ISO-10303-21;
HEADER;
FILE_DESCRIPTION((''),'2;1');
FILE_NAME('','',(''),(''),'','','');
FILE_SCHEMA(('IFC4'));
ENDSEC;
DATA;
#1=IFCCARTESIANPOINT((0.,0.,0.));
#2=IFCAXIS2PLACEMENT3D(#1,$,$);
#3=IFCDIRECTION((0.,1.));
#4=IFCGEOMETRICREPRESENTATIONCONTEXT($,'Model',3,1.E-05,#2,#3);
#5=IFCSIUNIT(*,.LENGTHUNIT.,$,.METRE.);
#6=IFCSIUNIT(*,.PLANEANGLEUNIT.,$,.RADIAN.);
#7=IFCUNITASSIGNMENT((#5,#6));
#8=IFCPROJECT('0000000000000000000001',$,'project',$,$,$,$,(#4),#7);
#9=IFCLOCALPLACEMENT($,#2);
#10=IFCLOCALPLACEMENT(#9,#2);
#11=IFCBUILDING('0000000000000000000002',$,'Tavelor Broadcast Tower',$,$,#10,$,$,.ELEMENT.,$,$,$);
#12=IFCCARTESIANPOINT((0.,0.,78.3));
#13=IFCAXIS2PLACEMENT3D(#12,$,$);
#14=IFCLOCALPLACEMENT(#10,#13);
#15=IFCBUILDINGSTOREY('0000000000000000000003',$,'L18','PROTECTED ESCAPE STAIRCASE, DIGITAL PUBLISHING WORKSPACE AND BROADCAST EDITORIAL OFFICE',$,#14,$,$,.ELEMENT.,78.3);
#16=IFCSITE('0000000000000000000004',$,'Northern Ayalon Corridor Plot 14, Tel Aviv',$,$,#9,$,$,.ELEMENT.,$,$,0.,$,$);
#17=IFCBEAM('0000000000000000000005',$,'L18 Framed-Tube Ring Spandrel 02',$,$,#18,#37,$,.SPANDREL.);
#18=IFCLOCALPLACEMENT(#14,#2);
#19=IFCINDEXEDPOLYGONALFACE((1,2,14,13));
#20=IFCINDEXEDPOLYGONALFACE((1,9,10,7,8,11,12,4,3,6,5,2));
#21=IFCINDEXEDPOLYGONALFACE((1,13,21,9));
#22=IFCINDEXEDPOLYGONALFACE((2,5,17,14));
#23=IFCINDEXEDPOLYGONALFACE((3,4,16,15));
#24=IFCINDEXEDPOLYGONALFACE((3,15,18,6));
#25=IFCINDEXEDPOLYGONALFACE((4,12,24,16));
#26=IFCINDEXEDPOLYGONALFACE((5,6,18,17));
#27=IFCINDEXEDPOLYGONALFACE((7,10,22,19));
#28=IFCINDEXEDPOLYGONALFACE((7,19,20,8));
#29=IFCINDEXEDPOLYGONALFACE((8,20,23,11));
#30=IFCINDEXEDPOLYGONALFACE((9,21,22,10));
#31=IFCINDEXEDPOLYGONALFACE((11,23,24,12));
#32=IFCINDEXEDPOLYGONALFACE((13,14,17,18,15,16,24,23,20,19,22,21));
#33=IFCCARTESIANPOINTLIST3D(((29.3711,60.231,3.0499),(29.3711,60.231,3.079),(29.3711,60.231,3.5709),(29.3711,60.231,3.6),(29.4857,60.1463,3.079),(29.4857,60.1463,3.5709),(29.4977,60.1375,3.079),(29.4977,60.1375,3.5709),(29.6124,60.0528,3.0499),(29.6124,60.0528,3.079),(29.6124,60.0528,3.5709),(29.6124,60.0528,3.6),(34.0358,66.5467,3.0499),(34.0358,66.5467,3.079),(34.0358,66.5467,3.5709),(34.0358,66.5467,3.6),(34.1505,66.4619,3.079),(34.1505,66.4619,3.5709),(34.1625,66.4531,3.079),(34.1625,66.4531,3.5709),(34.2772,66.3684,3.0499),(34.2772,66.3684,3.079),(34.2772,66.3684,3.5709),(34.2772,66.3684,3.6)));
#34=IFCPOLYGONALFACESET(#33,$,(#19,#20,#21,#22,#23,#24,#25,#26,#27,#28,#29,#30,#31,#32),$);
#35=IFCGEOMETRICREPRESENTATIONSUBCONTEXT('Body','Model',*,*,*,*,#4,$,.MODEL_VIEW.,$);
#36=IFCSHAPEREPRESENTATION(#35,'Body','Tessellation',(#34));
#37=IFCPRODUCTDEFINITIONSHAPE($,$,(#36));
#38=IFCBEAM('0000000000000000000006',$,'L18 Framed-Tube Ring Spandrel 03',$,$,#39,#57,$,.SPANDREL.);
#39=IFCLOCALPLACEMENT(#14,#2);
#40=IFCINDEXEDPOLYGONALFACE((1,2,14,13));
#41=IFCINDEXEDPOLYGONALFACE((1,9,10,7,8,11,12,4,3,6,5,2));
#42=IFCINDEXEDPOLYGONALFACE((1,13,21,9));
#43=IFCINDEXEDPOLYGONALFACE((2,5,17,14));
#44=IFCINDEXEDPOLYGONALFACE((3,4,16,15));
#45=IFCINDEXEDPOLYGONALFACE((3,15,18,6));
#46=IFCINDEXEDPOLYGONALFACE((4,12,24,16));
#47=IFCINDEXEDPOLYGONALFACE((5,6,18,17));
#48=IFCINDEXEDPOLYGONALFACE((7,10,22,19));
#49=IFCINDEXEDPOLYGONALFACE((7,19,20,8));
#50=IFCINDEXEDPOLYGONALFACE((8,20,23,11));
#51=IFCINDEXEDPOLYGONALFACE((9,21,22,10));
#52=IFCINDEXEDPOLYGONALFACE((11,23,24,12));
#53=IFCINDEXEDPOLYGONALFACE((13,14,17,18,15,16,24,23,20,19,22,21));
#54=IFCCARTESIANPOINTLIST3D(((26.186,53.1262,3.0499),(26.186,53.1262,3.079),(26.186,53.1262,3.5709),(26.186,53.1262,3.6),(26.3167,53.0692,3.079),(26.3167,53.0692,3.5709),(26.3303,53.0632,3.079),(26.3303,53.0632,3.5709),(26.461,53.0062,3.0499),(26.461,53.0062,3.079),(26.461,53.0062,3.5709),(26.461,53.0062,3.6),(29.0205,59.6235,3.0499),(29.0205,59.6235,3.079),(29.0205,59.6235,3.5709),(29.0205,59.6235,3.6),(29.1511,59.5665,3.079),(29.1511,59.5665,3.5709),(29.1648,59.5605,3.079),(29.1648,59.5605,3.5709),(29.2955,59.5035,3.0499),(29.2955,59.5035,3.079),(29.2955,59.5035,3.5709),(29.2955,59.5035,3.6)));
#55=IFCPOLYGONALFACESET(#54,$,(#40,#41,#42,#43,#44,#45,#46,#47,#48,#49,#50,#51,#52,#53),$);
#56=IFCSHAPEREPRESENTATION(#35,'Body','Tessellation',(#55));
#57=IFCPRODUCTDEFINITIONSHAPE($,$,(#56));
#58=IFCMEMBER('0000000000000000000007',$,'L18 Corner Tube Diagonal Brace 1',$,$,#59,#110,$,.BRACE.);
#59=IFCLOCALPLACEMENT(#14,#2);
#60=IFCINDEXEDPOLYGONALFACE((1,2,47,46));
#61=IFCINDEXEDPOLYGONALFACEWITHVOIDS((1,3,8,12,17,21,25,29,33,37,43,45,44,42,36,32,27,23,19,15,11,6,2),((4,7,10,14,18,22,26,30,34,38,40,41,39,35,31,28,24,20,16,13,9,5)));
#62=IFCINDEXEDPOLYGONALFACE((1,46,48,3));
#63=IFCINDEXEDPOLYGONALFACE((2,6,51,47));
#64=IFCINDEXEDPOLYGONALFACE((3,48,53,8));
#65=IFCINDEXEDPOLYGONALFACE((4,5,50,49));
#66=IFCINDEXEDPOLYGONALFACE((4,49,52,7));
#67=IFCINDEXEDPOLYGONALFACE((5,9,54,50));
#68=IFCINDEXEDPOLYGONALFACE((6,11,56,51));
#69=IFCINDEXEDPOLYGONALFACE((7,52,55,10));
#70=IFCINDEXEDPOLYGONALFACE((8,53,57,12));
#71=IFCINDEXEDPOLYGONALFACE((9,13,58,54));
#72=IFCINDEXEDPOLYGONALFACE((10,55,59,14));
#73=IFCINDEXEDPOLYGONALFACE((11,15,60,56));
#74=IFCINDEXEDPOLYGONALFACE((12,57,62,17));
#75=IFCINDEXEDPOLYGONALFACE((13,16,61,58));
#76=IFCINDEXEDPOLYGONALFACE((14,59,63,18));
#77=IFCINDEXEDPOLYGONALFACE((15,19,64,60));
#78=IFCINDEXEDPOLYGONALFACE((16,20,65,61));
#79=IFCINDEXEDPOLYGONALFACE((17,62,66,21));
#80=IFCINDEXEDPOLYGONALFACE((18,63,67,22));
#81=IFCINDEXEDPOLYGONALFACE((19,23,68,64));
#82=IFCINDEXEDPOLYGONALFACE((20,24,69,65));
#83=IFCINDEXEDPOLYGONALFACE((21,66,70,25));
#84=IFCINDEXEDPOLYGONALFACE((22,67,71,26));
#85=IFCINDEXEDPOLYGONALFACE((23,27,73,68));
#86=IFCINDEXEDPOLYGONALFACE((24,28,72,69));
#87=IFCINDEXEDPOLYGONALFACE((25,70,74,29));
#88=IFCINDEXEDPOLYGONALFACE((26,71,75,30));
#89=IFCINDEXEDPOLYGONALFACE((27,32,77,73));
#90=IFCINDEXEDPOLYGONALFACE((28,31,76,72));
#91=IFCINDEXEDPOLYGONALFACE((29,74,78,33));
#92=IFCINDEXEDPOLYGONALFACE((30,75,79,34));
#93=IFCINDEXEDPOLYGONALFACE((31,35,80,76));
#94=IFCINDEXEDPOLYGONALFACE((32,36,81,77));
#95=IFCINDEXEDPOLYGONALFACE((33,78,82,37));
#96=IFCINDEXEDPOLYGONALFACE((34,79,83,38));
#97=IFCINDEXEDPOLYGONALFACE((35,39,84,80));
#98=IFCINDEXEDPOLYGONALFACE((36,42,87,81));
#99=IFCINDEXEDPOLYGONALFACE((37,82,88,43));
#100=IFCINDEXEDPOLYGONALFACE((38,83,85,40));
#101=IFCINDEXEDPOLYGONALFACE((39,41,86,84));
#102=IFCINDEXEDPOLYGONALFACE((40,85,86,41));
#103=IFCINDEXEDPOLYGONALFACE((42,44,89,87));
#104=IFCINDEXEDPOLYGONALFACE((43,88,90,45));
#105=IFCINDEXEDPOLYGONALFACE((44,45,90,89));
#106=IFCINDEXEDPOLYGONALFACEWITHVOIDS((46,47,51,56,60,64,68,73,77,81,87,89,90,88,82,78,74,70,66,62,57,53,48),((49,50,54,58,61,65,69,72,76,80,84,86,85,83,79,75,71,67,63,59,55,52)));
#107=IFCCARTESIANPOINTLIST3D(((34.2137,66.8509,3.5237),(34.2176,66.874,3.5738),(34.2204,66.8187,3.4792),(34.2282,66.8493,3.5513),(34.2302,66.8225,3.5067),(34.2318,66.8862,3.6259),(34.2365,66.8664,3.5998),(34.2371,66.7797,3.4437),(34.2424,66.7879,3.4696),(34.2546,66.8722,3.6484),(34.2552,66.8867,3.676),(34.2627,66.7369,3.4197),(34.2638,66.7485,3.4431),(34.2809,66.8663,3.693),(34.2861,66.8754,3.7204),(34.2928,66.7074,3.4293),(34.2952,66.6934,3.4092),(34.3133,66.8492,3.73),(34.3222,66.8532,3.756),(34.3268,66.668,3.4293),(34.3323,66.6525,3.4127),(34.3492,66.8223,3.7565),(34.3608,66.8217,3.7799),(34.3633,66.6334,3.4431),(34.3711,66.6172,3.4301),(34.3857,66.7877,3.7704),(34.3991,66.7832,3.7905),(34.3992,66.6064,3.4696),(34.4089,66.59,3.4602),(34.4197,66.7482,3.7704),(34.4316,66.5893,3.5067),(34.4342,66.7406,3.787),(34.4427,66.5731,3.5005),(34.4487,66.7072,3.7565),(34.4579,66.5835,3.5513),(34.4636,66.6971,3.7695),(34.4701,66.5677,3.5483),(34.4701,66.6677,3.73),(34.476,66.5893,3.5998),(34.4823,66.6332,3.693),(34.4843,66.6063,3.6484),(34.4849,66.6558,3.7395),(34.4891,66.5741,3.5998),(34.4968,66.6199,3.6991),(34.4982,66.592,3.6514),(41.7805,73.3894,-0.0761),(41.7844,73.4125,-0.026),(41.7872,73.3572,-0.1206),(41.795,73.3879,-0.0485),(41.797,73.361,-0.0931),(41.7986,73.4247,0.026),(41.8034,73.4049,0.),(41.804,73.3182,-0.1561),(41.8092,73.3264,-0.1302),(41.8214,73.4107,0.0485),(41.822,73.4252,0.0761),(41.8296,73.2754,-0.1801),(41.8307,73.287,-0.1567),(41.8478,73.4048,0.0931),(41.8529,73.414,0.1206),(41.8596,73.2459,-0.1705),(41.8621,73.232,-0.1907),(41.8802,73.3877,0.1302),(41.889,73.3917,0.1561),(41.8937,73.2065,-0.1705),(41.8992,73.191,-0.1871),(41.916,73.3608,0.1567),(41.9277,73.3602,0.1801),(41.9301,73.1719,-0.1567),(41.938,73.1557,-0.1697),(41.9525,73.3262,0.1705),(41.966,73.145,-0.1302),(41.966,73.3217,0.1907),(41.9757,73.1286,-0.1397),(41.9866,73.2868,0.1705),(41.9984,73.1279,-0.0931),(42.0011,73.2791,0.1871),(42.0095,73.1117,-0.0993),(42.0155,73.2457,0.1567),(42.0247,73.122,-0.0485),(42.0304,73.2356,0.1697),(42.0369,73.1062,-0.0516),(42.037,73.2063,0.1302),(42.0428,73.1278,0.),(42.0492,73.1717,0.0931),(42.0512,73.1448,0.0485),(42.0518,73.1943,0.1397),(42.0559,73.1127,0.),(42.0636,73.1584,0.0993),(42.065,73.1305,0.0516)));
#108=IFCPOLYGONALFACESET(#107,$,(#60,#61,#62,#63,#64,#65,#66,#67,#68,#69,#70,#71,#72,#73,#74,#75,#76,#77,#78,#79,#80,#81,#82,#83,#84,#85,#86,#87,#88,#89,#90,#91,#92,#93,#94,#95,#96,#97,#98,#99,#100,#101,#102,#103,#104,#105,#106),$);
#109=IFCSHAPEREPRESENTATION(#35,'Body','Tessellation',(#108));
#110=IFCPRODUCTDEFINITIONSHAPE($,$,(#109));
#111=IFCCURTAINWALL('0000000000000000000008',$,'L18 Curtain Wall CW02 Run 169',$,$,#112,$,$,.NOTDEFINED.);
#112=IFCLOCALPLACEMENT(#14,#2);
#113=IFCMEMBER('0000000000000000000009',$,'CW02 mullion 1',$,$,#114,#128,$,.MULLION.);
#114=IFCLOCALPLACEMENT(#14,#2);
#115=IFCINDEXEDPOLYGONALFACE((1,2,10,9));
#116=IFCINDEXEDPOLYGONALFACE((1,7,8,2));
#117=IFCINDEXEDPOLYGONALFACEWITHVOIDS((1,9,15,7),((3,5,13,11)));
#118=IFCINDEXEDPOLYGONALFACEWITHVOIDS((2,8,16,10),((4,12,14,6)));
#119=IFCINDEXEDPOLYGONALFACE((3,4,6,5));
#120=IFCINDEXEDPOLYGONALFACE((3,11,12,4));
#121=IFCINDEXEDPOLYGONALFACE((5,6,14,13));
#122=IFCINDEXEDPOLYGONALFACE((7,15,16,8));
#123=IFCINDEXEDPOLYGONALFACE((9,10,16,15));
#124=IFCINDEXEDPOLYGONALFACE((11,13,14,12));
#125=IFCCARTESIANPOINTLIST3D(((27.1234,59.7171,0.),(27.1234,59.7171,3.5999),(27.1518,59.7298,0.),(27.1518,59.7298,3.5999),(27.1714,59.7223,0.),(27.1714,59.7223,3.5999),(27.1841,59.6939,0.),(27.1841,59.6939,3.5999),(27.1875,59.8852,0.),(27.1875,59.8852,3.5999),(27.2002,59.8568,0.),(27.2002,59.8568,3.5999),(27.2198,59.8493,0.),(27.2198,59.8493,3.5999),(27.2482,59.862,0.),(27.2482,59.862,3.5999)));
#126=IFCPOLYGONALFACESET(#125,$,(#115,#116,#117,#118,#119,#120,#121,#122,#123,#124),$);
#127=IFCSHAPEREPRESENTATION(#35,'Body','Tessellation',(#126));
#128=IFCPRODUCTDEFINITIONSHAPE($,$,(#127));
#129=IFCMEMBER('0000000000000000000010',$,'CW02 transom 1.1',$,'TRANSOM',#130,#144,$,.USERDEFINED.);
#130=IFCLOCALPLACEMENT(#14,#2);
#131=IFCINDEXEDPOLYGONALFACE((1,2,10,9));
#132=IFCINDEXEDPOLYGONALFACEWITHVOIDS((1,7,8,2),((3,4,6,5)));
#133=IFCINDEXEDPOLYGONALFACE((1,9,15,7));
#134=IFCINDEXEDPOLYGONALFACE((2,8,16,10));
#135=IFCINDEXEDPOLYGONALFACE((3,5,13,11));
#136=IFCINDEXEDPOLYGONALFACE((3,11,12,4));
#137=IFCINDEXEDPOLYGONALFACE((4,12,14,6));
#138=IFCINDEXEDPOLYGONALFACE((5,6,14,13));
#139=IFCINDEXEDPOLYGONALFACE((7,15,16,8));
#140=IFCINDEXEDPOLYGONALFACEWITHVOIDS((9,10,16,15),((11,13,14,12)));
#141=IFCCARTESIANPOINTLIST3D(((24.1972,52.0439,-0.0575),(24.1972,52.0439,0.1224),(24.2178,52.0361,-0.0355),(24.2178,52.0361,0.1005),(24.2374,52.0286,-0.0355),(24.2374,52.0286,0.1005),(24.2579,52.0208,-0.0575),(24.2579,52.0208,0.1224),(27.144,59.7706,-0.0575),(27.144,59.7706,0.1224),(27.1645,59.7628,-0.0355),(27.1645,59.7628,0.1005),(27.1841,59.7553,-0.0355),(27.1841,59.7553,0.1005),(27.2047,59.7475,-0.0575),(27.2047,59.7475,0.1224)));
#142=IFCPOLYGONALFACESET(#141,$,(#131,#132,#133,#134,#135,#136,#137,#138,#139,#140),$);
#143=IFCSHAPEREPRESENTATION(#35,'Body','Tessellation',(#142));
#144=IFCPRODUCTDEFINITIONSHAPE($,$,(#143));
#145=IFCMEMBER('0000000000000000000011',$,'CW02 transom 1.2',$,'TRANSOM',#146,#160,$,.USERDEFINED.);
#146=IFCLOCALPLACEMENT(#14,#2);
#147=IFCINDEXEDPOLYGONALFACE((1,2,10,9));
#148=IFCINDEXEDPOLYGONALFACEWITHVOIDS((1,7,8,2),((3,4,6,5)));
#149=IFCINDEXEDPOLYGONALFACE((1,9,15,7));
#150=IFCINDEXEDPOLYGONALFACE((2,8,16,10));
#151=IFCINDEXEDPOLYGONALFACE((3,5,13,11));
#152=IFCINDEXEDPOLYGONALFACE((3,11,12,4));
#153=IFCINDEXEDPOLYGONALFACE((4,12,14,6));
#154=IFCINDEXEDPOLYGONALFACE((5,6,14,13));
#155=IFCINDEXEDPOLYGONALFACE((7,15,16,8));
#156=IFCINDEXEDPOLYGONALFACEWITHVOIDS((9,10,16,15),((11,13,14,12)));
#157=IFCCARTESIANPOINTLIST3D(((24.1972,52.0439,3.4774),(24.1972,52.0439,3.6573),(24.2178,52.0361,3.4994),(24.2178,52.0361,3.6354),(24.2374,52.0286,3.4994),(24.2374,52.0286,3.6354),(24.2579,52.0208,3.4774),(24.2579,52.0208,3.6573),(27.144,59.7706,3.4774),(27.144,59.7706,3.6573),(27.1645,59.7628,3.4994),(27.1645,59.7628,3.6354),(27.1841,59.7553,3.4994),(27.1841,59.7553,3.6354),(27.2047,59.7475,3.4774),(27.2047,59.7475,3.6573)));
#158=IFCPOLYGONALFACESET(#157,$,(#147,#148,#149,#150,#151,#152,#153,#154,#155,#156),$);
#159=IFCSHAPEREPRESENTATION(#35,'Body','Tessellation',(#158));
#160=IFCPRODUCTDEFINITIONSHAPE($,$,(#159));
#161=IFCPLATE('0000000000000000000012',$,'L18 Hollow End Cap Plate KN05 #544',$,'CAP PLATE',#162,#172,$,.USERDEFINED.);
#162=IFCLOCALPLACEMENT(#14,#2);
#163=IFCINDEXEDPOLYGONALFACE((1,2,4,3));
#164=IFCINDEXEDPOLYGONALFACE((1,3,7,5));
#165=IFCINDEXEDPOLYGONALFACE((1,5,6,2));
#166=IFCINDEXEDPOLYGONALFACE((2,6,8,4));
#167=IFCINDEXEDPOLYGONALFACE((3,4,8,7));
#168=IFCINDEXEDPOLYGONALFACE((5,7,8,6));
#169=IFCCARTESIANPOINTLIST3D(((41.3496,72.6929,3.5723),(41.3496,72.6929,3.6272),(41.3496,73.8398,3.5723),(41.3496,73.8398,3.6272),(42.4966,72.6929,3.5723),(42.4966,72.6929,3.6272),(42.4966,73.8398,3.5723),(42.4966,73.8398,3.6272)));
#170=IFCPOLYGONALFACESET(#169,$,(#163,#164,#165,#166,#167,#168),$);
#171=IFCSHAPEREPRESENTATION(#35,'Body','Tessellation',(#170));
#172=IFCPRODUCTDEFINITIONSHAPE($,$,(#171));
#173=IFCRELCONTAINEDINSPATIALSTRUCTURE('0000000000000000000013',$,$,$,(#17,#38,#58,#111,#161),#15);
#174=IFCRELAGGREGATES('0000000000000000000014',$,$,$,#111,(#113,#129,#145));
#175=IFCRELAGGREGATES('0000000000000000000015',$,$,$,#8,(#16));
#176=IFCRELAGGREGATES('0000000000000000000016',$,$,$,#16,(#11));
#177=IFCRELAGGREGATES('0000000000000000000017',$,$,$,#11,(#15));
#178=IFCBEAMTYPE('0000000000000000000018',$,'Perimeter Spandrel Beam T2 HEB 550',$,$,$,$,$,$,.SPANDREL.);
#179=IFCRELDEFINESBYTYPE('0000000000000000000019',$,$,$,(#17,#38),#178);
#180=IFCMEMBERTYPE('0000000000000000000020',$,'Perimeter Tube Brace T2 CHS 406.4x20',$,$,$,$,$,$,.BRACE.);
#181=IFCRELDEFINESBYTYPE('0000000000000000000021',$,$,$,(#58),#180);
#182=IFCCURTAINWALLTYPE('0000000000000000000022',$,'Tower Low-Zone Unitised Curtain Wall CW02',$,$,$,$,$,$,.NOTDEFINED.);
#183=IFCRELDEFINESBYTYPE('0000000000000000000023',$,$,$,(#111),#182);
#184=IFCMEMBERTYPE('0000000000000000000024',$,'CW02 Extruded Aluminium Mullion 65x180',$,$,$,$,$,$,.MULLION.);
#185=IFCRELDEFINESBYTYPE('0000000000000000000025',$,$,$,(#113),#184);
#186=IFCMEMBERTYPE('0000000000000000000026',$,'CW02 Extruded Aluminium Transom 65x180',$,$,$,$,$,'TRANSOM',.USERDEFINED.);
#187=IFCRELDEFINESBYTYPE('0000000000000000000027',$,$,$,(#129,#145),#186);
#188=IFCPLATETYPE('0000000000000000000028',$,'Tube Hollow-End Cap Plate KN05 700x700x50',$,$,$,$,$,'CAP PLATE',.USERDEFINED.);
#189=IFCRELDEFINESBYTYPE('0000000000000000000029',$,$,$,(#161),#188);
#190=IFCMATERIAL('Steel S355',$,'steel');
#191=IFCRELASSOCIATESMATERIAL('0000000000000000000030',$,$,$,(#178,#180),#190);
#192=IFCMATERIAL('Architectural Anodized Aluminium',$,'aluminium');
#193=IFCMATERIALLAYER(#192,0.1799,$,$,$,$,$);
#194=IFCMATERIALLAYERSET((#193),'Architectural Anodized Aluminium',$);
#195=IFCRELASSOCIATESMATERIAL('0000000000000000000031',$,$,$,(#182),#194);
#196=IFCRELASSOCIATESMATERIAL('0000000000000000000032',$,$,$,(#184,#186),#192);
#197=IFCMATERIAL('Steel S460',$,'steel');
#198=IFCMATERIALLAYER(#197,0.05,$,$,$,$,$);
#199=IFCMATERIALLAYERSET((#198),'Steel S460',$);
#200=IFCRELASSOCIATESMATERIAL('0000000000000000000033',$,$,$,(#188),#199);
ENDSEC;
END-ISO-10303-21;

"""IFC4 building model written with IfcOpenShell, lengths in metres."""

from ifc_helpers import new_model, si_unit, direction, frame, origin, origin_2d, place, context, subcontext, project, spatial, rectangle, hollow_rectangle, hollow_circle, i_section, extrude, source, transform, mapped, material, layer, layer_set, material_profile, profile_set, type_object, type_shapes, element, aggregate, save


model = new_model("IFC4")

# Units and contexts
model_context = context("Model", 3, precision=1e-05, world=origin(), true_north=direction((0.0, 1.0)))
body_context = subcontext(model_context, "Body", "Model", "MODEL_VIEW")
ifc_project = project(units=[si_unit("LENGTHUNIT", "METRE"), si_unit("PLANEANGLEUNIT", "RADIAN")], contexts=[model_context])

# Site, building, storey
site_placement = place(None, origin())
site = spatial("IfcSite", under=ifc_project, at=site_placement, Name="Northern Ayalon Corridor Plot 14, Tel Aviv", CompositionType="ELEMENT", RefElevation=0.0)
building_placement = place(site_placement, origin())
building = spatial("IfcBuilding", under=site, at=building_placement, Name="Tavelor Broadcast Tower", CompositionType="ELEMENT")
storey_placement = place(building_placement, frame((0.0, 0.0, 78.3)))
storey = spatial("IfcBuildingStorey", under=building, at=storey_placement, Name="L18", Description="PROTECTED ESCAPE STAIRCASE, DIGITAL PUBLISHING WORKSPACE AND BROADCAST EDITORIAL OFFICE", CompositionType="ELEMENT", Elevation=78.3)

# Shared definitions
ifc_material_1 = material(Name="Steel S460", Category="steel")

# Beams
ifc_material_2 = material(Name="Steel S355", Category="steel")
ifc_material_profile_1 = material_profile(ifc_material_2, i_section(OverallWidth=0.3, OverallDepth=0.55, WebThickness=0.0149, FlangeThickness=0.0291, at=origin_2d()), Name="HEB 550")
ifc_profile_set_1 = profile_set([ifc_material_profile_1], Name="Steel S355")
beam_type_1 = type_object("IfcBeamType", Name="Perimeter Spandrel Beam T2 HEB 550", PredefinedType="SPANDREL", material=ifc_profile_set_1)
beam_1_placement = place(storey_placement, frame((34.1565, 66.4575, 3.325), z_axis=(-0.594118, -0.804378, 0.0), x_axis=(0.804378, -0.594118, 0.0)))
element("IfcBeam", 1, at=beam_1_placement, inside=storey, type_object=beam_type_1, Name="L18 Framed-Tube Ring Spandrel 02", PredefinedType="SPANDREL", context=body_context, shape_type="SweptSolid", body=[
    extrude(i_section(OverallWidth=0.3, OverallDepth=0.55, WebThickness=0.0149, FlangeThickness=0.0291, at=origin_2d()), origin(), (0.0, 0.0, 1.0), 7.8516),
])
beam_2_placement = place(storey_placement, frame((29.158, 59.5635, 3.325), z_axis=(-0.399859, -0.916577, 0.0), x_axis=(0.916577, -0.399859, 0.0)))
element("IfcBeam", 2, at=beam_2_placement, inside=storey, type_object=beam_type_1, Name="L18 Framed-Tube Ring Spandrel 03", PredefinedType="SPANDREL", context=body_context, shape_type="SweptSolid", body=[
    extrude(i_section(OverallWidth=0.3, OverallDepth=0.55, WebThickness=0.0149, FlangeThickness=0.0291, at=origin_2d()), origin(), (0.0, 0.0, 1.0), 7.0886),
])

# Member
ifc_material_profile_2 = material_profile(ifc_material_2, hollow_circle(Radius=0.2031, WallThickness=0.02, at=origin_2d()), Name="CHS 406.4x20")
ifc_profile_set_2 = profile_set([ifc_material_profile_2], Name="Steel S355")
member_type_1 = type_object("IfcMemberType", Name="Perimeter Tube Brace T2 CHS 406.4x20", PredefinedType="BRACE", material=ifc_profile_set_2)
member_1_placement = place(storey_placement, frame((41.9231, 73.2664, 0.0), z_axis=(-0.711929, -0.61518, 0.338691), x_axis=(0.653822, -0.756648, 0.0)))
element("IfcMember", 3, at=member_1_placement, inside=storey, type_object=member_type_1, Name="L18 Corner Tube Diagonal Brace 1", PredefinedType="BRACE", context=body_context, shape_type="SweptSolid", body=[
    extrude(hollow_circle(Radius=0.2031, WallThickness=0.02, at=origin_2d()), origin(), (0.0, 0.0, 1.0), 10.6287),
])

# Curtain wall, members
ifc_material_3 = material(Name="Architectural Anodized Aluminium", Category="aluminium")
ifc_layer_1 = layer(ifc_material_3, 0.1799)
ifc_layer_set_1 = layer_set([ifc_layer_1], Name="Architectural Anodized Aluminium")
curtain_wall_type = type_object("IfcCurtainWallType", Name="Tower Low-Zone Unitised Curtain Wall CW02", PredefinedType="NOTDEFINED", material=ifc_layer_set_1)
curtain_wall_placement = place(storey_placement, origin())
curtain_wall = element("IfcCurtainWall", 4, at=curtain_wall_placement, inside=storey, type_object=curtain_wall_type, Name="L18 Curtain Wall CW02 Run 169", PredefinedType="NOTDEFINED")
ifc_material_profile_3 = material_profile(ifc_material_3, hollow_rectangle(XDim=0.0649, YDim=0.1799, WallThickness=0.022, at=origin_2d()), Name="RHS 65x180x22")
ifc_profile_set_3 = profile_set([ifc_material_profile_3], Name="Architectural Anodized Aluminium")
member_type_2 = type_object("IfcMemberType", Name="CW02 Extruded Aluminium Mullion 65x180", PredefinedType="MULLION", material=ifc_profile_set_3)
shared_shape_1 = source(origin(), body_context, "Body", "SweptSolid", [
    extrude(hollow_rectangle(XDim=0.0649, YDim=0.1799, WallThickness=0.022, at=origin_2d()), origin(), (0.0, 0.0, 1.0), 3.5999),
])
type_shapes(member_type_2, [shared_shape_1])
member_2_placement = place(storey_placement, frame((27.1858, 59.7896, 0.0), z_axis=(0.0, 0.0, 1.0), x_axis=(0.93436, -0.356331, 0.0)))
member_2 = element("IfcMember", 5, at=member_2_placement, type_object=member_type_2, Name="CW02 mullion 1", PredefinedType="MULLION", context=body_context, shape_type="MappedRepresentation", body=[
    mapped(shared_shape_1, transform((0.0, 0.0, 0.0), scale=1.0)),
])
ifc_material_profile_4 = material_profile(ifc_material_3, hollow_rectangle(XDim=0.0649, YDim=0.1799, WallThickness=0.022, at=origin_2d()), Name="RHS 65x180x22")
ifc_profile_set_4 = profile_set([ifc_material_profile_4], Name="Architectural Anodized Aluminium")
member_type_3 = type_object("IfcMemberType", Name="CW02 Extruded Aluminium Transom 65x180", ElementType="TRANSOM", PredefinedType="USERDEFINED", material=ifc_profile_set_4)
shared_shape_2 = source(origin(), body_context, "Body", "SweptSolid", [
    extrude(hollow_rectangle(XDim=0.0649, YDim=0.1799, WallThickness=0.022, at=origin_2d()), origin(), (0.0, 0.0, 1.0), 8.2695),
])
type_shapes(member_type_3, [shared_shape_2])
member_3_placement = place(storey_placement, frame((27.1743, 59.759, 0.0325), z_axis=(-0.356337, -0.934358, 0.0), x_axis=(0.934358, -0.356337, 0.0)))
member_3 = element("IfcMember", 6, at=member_3_placement, type_object=member_type_3, Name="CW02 transom 1.1", ObjectType="TRANSOM", PredefinedType="USERDEFINED", context=body_context, shape_type="MappedRepresentation", body=[
    mapped(shared_shape_2, transform((0.0, 0.0, 0.0), scale=1.0)),
])
member_4_placement = place(storey_placement, frame((27.1743, 59.759, 3.5674), z_axis=(-0.356337, -0.934358, 0.0), x_axis=(0.934358, -0.356337, 0.0)))
member_4 = element("IfcMember", 7, at=member_4_placement, type_object=member_type_3, Name="CW02 transom 1.2", ObjectType="TRANSOM", PredefinedType="USERDEFINED", context=body_context, shape_type="MappedRepresentation", body=[
    mapped(shared_shape_2, transform((0.0, 0.0, 0.0), scale=1.0)),
])
aggregate(curtain_wall, [member_2, member_3, member_4])

# Plate
ifc_layer_2 = layer(ifc_material_1, 0.05)
ifc_layer_set_2 = layer_set([ifc_layer_2], Name="Steel S460")
plate_type = type_object("IfcPlateType", Name="Tube Hollow-End Cap Plate KN05 700x700x50", ElementType="CAP PLATE", PredefinedType="USERDEFINED", material=ifc_layer_set_2)
shared_shape_3 = source(origin(), body_context, "Body", "SweptSolid", [
    extrude(rectangle(XDim=1.147, YDim=1.147, at=origin_2d()), origin(), (0.0, 0.0, 1.0), 0.0549),
])
plate_placement = place(storey_placement, frame((41.9231, 73.2664, 3.5723), z_axis=(0.0, 0.0, 1.0), x_axis=(1.0, 0.0, 0.0)))
element("IfcPlate", 8, at=plate_placement, inside=storey, type_object=plate_type, Name="L18 Hollow End Cap Plate KN05 #544", ObjectType="CAP PLATE", PredefinedType="USERDEFINED", context=body_context, shape_type="MappedRepresentation", body=[
    mapped(shared_shape_3, transform((0.0, 0.0, 0.0), scale=1.0)),
])

save(model, "model.ifc")
